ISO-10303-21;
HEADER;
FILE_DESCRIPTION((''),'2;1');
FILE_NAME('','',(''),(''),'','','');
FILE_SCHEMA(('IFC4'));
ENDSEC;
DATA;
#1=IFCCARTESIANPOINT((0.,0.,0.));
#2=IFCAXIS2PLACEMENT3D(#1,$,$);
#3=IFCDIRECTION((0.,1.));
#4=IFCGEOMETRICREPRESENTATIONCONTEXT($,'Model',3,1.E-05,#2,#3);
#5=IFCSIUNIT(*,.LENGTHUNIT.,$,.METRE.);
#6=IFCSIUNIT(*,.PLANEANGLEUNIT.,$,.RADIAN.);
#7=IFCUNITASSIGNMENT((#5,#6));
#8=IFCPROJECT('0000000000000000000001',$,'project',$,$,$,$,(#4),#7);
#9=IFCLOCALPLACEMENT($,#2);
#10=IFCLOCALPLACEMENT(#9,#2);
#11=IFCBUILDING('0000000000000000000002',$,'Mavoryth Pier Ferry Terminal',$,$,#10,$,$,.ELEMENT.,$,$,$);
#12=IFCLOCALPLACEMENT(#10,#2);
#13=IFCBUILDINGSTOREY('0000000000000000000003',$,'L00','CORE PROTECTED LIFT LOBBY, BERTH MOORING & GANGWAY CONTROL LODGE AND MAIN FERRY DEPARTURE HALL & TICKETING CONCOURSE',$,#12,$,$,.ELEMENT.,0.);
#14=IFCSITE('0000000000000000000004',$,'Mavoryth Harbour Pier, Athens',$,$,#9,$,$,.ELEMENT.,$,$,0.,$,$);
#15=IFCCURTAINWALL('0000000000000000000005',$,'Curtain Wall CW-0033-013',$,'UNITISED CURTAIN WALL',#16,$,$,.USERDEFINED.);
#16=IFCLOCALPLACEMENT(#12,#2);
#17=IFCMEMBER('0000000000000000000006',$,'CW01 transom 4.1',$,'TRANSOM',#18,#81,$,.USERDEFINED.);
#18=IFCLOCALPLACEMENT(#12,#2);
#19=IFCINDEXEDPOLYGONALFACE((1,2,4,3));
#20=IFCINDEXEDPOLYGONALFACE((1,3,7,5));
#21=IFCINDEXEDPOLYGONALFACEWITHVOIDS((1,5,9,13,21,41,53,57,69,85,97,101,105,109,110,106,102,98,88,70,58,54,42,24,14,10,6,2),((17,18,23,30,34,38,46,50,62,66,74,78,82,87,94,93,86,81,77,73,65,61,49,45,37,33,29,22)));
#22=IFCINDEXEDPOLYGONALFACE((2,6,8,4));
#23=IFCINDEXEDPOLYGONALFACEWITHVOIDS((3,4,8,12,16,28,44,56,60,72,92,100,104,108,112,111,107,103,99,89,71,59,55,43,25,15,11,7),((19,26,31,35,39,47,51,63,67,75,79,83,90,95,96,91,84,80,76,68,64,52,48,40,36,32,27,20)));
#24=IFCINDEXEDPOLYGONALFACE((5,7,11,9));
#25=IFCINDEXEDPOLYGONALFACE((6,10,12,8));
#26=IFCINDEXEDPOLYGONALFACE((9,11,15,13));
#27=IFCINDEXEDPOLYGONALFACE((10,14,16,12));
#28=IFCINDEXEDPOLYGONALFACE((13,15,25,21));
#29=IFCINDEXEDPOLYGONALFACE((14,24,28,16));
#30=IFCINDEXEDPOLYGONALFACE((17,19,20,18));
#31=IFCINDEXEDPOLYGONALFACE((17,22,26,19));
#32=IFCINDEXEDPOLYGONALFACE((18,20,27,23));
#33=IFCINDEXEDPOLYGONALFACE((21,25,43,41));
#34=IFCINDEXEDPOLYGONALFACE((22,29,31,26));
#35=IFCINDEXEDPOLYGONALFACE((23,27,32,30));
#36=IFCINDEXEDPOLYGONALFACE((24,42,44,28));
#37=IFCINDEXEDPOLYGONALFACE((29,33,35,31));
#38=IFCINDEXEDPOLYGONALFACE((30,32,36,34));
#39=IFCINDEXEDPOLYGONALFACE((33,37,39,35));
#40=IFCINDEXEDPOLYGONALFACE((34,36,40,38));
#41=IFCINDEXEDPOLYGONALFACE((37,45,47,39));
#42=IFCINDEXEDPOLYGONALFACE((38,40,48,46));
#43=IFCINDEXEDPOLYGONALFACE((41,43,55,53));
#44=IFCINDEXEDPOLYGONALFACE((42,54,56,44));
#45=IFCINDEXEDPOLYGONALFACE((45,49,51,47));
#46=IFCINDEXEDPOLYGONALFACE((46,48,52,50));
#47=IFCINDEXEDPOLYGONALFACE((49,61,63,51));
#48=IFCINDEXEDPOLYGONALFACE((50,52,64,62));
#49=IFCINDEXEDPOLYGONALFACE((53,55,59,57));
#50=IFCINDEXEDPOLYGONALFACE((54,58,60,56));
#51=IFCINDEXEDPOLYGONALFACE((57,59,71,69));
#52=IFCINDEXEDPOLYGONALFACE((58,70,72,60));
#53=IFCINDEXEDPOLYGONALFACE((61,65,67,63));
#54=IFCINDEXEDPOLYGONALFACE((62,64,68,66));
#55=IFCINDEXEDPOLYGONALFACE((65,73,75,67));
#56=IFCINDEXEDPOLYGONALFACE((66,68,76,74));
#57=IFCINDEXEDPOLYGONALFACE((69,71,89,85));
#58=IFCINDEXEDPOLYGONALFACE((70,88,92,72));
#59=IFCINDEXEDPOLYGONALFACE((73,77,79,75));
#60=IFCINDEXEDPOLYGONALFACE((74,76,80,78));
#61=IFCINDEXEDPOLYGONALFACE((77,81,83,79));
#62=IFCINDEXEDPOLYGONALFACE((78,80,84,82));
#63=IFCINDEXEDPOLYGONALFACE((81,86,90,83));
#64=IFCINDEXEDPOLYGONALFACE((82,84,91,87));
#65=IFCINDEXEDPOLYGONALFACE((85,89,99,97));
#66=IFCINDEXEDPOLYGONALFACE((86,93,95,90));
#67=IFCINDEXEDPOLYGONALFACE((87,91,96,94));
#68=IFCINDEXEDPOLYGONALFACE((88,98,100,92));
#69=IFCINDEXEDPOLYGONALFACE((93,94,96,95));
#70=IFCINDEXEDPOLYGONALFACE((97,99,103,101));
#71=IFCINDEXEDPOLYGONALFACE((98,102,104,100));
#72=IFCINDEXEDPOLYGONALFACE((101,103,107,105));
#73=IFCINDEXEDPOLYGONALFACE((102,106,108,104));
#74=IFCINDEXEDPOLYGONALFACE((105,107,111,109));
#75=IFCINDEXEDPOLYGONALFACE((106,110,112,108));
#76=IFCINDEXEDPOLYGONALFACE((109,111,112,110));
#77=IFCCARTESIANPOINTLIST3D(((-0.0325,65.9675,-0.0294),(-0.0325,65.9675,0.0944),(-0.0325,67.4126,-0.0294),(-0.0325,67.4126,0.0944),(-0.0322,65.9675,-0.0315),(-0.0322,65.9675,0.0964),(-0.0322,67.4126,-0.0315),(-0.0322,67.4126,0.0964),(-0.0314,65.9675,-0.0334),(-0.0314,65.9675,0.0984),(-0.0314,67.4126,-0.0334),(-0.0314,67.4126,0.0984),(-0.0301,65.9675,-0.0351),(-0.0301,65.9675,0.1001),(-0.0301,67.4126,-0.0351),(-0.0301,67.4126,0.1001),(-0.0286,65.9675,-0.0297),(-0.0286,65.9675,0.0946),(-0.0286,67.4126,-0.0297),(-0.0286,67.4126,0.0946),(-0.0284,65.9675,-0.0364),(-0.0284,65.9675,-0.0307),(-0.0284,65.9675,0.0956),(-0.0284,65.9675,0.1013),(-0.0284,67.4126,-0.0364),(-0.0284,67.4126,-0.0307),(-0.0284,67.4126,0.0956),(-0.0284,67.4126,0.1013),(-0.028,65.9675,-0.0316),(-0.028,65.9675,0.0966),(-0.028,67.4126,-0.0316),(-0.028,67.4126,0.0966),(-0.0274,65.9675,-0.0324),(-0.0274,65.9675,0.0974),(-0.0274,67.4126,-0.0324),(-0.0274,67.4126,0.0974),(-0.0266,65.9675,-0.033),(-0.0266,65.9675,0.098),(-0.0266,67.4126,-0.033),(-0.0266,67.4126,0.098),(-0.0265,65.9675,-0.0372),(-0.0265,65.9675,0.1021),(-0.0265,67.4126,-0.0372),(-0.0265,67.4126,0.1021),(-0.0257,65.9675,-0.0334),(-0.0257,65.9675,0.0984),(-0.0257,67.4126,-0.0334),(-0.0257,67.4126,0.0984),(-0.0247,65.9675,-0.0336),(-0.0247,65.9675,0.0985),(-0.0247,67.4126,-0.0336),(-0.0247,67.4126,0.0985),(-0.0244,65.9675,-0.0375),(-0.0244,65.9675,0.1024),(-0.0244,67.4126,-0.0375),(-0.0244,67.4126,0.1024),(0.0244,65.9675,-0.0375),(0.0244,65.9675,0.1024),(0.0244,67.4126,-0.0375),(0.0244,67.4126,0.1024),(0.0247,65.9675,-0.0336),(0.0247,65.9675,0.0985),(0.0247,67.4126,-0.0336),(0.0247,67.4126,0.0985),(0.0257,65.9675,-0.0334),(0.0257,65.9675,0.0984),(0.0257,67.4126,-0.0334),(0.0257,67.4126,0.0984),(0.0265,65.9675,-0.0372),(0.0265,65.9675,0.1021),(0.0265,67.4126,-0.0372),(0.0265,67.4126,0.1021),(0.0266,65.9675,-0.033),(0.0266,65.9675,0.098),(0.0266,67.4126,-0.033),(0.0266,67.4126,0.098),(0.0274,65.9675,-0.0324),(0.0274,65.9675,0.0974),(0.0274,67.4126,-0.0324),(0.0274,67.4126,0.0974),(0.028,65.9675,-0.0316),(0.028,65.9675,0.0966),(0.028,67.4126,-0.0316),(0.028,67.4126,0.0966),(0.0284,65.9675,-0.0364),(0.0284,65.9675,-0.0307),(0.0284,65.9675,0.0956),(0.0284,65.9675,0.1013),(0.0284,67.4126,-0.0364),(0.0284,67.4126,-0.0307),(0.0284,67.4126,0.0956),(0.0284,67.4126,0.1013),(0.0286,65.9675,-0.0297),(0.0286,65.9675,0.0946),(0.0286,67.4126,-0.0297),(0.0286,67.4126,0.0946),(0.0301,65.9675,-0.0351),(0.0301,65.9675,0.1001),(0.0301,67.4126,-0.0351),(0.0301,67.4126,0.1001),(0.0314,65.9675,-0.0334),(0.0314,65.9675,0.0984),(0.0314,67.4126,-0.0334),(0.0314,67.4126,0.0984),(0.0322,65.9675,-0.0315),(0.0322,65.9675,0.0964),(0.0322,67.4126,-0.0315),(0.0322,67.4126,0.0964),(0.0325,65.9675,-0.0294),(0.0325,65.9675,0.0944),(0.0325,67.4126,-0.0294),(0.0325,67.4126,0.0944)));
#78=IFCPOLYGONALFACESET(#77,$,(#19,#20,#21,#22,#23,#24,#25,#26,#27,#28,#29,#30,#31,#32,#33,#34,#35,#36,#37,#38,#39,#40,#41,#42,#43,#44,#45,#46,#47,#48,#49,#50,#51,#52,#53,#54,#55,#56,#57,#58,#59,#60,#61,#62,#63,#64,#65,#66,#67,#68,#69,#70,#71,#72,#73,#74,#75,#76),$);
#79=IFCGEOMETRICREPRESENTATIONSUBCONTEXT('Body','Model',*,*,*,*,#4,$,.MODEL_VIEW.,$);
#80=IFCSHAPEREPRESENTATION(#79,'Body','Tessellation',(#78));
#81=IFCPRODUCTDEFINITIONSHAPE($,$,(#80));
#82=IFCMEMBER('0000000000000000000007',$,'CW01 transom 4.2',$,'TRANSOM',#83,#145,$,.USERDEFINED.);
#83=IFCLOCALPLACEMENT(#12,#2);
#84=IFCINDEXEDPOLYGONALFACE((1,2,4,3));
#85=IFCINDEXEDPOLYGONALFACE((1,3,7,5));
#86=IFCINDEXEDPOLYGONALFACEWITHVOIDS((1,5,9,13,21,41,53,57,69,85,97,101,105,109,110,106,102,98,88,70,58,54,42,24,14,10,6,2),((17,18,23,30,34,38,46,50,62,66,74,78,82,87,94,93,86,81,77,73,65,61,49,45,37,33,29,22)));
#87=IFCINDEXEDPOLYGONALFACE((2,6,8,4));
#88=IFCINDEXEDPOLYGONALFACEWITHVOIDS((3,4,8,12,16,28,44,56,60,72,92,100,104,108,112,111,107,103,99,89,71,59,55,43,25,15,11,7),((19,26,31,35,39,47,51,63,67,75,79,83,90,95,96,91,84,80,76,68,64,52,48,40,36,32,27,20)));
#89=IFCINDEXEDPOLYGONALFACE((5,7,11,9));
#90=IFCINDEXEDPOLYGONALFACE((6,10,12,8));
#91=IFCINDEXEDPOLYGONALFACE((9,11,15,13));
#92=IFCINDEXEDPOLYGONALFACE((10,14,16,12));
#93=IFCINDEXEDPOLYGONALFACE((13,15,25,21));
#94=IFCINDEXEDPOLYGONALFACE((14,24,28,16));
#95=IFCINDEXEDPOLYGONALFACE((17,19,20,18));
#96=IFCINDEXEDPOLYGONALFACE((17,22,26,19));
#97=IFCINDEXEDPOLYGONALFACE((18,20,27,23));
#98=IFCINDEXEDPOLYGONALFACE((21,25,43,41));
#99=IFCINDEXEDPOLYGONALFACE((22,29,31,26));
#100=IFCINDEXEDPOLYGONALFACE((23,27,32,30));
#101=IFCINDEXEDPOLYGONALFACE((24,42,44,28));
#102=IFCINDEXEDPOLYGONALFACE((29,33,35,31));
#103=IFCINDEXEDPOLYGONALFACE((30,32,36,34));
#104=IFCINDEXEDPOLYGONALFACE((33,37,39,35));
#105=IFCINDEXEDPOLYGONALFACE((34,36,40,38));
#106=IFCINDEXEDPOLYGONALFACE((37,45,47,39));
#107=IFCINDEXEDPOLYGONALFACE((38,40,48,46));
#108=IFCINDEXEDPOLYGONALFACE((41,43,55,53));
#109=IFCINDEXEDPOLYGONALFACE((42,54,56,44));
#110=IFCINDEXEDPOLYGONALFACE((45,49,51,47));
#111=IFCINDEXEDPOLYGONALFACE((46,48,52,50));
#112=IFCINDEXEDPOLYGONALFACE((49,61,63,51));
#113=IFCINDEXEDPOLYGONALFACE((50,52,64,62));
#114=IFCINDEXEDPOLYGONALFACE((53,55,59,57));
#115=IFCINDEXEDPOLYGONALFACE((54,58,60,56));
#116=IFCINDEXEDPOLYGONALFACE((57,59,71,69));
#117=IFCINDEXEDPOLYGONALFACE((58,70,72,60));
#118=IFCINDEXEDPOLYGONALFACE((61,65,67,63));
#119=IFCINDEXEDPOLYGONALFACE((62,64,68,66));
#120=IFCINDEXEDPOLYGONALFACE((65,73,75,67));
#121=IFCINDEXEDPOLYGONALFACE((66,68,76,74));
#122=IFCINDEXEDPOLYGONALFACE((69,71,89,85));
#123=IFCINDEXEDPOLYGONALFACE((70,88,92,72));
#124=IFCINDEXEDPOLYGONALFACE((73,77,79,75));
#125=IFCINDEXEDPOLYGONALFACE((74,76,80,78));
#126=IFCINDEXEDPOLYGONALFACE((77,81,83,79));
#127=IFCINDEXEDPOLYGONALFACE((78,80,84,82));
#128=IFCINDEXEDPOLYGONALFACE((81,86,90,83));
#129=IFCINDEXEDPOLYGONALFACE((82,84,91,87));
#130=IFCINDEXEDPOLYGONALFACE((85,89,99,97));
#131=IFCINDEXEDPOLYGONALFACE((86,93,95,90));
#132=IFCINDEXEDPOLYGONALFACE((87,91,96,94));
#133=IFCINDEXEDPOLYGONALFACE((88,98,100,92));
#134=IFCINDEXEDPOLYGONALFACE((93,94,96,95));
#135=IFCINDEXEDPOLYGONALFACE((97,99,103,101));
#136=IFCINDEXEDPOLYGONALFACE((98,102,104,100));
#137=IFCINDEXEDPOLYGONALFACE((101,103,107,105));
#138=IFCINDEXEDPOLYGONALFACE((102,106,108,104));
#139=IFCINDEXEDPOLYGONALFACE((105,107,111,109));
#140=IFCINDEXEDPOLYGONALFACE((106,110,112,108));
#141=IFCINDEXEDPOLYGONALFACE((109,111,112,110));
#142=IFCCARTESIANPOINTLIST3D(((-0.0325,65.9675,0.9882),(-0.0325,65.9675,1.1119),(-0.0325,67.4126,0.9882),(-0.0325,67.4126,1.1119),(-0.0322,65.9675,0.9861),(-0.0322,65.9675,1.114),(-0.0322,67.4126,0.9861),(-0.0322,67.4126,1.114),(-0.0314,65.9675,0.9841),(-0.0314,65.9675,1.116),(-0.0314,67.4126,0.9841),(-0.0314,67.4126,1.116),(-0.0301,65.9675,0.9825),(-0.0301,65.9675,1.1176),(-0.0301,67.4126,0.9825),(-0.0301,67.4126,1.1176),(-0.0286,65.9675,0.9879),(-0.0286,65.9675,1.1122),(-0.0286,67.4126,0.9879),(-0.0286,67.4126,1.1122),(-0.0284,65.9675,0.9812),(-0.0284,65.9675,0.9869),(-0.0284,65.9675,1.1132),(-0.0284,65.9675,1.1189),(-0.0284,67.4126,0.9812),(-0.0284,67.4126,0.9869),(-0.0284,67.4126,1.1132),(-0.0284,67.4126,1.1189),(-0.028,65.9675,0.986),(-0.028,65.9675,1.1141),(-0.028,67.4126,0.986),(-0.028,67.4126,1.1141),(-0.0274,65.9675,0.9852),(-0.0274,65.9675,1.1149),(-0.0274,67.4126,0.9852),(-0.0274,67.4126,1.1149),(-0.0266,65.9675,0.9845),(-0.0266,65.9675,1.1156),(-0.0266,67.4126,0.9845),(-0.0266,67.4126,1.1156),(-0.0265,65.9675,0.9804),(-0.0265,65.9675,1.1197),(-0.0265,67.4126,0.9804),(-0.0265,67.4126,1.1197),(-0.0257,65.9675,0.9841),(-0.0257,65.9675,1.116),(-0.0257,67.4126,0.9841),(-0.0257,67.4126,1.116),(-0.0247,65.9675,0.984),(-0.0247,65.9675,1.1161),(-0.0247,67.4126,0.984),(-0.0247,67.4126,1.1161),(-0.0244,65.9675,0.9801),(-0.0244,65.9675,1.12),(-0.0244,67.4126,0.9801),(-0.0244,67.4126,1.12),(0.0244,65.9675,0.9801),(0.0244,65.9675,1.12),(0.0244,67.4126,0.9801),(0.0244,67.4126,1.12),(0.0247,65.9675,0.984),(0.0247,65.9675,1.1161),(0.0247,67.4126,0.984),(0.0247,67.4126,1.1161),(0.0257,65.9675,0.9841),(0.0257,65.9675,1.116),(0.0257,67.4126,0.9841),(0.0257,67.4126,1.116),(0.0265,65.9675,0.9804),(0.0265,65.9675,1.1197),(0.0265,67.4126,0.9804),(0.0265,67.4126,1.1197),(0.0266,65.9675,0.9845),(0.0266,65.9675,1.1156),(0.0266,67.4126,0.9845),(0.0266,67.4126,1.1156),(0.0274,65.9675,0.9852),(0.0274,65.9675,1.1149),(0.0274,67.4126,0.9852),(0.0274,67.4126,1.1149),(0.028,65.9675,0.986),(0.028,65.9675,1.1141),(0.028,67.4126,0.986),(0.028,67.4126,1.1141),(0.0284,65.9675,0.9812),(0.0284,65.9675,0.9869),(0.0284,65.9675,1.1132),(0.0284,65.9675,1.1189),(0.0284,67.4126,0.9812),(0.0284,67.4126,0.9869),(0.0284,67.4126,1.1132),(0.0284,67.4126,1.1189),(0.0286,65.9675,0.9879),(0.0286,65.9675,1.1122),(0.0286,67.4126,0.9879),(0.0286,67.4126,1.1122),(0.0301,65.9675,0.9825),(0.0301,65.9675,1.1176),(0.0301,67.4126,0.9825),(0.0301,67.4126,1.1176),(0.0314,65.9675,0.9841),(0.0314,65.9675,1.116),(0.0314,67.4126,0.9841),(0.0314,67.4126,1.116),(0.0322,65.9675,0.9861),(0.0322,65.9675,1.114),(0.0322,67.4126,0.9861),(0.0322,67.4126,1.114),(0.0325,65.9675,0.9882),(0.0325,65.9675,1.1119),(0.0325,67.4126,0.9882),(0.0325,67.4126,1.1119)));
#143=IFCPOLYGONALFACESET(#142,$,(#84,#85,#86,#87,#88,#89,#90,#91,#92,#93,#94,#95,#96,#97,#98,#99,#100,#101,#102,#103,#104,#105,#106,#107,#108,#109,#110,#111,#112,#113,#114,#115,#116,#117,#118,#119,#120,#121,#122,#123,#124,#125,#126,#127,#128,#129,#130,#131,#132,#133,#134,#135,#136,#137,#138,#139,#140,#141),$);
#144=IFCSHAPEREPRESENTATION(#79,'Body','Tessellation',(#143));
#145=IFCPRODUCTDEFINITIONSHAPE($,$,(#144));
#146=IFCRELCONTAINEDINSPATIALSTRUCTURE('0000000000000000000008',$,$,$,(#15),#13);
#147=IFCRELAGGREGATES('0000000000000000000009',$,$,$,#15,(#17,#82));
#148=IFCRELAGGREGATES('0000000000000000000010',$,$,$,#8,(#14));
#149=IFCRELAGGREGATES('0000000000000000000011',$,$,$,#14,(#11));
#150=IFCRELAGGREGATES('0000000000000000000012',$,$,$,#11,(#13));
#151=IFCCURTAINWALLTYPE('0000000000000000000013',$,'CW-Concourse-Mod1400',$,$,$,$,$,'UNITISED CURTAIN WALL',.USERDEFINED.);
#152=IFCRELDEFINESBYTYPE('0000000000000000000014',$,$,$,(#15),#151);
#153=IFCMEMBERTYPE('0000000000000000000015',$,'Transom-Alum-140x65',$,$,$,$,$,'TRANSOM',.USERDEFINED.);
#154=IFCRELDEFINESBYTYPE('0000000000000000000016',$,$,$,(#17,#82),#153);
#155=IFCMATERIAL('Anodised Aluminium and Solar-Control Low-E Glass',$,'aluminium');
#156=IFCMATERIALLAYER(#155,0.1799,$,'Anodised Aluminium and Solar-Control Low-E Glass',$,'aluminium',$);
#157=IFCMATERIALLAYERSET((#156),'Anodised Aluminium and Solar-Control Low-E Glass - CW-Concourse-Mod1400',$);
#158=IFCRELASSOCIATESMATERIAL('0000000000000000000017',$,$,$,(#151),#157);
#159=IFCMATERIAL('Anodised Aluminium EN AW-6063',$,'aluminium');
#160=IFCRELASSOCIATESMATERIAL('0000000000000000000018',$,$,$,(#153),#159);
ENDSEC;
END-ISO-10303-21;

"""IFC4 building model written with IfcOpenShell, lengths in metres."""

from ifc_helpers import new_model, si_unit, direction, frame, origin, origin_2d, place, context, subcontext, project, spatial, hollow_rectangle, extrude, material, layer, layer_set, material_profile, profile_set, type_object, element, aggregate, save


model = new_model("IFC4")

# Units and contexts
model_context = context("Model", 3, precision=1e-05, world=origin(), true_north=direction((0.0, 1.0)))
body_context = subcontext(model_context, "Body", "Model", "MODEL_VIEW")
ifc_project = project(units=[si_unit("LENGTHUNIT", "METRE"), si_unit("PLANEANGLEUNIT", "RADIAN")], contexts=[model_context])

# Site, building, storey
site_placement = place(None, origin())
site = spatial("IfcSite", under=ifc_project, at=site_placement, Name="Mavoryth Harbour Pier, Athens", CompositionType="ELEMENT", RefElevation=0.0)
building_placement = place(site_placement, origin())
building = spatial("IfcBuilding", under=site, at=building_placement, Name="Mavoryth Pier Ferry Terminal", CompositionType="ELEMENT")
storey_placement = place(building_placement, origin())
storey = spatial("IfcBuildingStorey", under=building, at=storey_placement, Name="L00", Description="CORE PROTECTED LIFT LOBBY, BERTH MOORING & GANGWAY CONTROL LODGE AND MAIN FERRY DEPARTURE HALL & TICKETING CONCOURSE", CompositionType="ELEMENT", Elevation=0.0)

# Curtain wall, members
ifc_material_1 = material(Name="Anodised Aluminium and Solar-Control Low-E Glass", Category="aluminium")
ifc_layer_1 = layer(ifc_material_1, 0.1799, Name="Anodised Aluminium and Solar-Control Low-E Glass", Category="aluminium")
ifc_layer_set_1 = layer_set([ifc_layer_1], Name="Anodised Aluminium and Solar-Control Low-E Glass - CW-Concourse-Mod1400")
curtain_wall_type = type_object("IfcCurtainWallType", Name="CW-Concourse-Mod1400", ElementType="UNITISED CURTAIN WALL", PredefinedType="USERDEFINED", material=ifc_layer_set_1)
curtain_wall_placement = place(storey_placement, origin())
curtain_wall = element("IfcCurtainWall", 1, at=curtain_wall_placement, inside=storey, type_object=curtain_wall_type, Name="Curtain Wall CW-0033-013", ObjectType="UNITISED CURTAIN WALL", PredefinedType="USERDEFINED")
ifc_material_2 = material(Name="Anodised Aluminium EN AW-6063", Category="aluminium")
ifc_material_profile_1 = material_profile(ifc_material_2, hollow_rectangle(XDim=0.0649, YDim=0.1399, WallThickness=0.0039, InnerFilletRadius=0.0039, OuterFilletRadius=0.0081, at=origin_2d()), Name="AL-TRAN 140x65x4", Category="aluminium")
ifc_profile_set_1 = profile_set([ifc_material_profile_1], Name="Anodised Aluminium EN AW-6063 - AL-TRAN 140x65x4")
member_type_1 = type_object("IfcMemberType", Name="Transom-Alum-140x65", ElementType="TRANSOM", PredefinedType="USERDEFINED", material=ifc_profile_set_1)
member_1_placement = place(storey_placement, frame((0.0, 67.4126, 0.0325), z_axis=(0.0, -1.0, 0.0), x_axis=(1.0, 0.0, 0.0)))
member_1 = element("IfcMember", 2, at=member_1_placement, type_object=member_type_1, Name="CW01 transom 4.1", ObjectType="TRANSOM", PredefinedType="USERDEFINED", context=body_context, shape_type="SweptSolid", body=[
    extrude(hollow_rectangle(XDim=0.0649, YDim=0.1399, WallThickness=0.0039, InnerFilletRadius=0.0039, OuterFilletRadius=0.0081, at=origin_2d()), origin(), (0.0, 0.0, 1.0), 1.4451),
])
member_2_placement = place(storey_placement, frame((0.0, 67.4126, 1.05), z_axis=(0.0, -1.0, 0.0), x_axis=(1.0, 0.0, 0.0)))
member_2 = element("IfcMember", 3, at=member_2_placement, type_object=member_type_1, Name="CW01 transom 4.2", ObjectType="TRANSOM", PredefinedType="USERDEFINED", context=body_context, shape_type="SweptSolid", body=[
    extrude(hollow_rectangle(XDim=0.0649, YDim=0.1399, WallThickness=0.0039, InnerFilletRadius=0.0039, OuterFilletRadius=0.0081, at=origin_2d()), origin(), (0.0, 0.0, 1.0), 1.4451),
])
aggregate(curtain_wall, [member_1, member_2])

save(model, "model.ifc")
